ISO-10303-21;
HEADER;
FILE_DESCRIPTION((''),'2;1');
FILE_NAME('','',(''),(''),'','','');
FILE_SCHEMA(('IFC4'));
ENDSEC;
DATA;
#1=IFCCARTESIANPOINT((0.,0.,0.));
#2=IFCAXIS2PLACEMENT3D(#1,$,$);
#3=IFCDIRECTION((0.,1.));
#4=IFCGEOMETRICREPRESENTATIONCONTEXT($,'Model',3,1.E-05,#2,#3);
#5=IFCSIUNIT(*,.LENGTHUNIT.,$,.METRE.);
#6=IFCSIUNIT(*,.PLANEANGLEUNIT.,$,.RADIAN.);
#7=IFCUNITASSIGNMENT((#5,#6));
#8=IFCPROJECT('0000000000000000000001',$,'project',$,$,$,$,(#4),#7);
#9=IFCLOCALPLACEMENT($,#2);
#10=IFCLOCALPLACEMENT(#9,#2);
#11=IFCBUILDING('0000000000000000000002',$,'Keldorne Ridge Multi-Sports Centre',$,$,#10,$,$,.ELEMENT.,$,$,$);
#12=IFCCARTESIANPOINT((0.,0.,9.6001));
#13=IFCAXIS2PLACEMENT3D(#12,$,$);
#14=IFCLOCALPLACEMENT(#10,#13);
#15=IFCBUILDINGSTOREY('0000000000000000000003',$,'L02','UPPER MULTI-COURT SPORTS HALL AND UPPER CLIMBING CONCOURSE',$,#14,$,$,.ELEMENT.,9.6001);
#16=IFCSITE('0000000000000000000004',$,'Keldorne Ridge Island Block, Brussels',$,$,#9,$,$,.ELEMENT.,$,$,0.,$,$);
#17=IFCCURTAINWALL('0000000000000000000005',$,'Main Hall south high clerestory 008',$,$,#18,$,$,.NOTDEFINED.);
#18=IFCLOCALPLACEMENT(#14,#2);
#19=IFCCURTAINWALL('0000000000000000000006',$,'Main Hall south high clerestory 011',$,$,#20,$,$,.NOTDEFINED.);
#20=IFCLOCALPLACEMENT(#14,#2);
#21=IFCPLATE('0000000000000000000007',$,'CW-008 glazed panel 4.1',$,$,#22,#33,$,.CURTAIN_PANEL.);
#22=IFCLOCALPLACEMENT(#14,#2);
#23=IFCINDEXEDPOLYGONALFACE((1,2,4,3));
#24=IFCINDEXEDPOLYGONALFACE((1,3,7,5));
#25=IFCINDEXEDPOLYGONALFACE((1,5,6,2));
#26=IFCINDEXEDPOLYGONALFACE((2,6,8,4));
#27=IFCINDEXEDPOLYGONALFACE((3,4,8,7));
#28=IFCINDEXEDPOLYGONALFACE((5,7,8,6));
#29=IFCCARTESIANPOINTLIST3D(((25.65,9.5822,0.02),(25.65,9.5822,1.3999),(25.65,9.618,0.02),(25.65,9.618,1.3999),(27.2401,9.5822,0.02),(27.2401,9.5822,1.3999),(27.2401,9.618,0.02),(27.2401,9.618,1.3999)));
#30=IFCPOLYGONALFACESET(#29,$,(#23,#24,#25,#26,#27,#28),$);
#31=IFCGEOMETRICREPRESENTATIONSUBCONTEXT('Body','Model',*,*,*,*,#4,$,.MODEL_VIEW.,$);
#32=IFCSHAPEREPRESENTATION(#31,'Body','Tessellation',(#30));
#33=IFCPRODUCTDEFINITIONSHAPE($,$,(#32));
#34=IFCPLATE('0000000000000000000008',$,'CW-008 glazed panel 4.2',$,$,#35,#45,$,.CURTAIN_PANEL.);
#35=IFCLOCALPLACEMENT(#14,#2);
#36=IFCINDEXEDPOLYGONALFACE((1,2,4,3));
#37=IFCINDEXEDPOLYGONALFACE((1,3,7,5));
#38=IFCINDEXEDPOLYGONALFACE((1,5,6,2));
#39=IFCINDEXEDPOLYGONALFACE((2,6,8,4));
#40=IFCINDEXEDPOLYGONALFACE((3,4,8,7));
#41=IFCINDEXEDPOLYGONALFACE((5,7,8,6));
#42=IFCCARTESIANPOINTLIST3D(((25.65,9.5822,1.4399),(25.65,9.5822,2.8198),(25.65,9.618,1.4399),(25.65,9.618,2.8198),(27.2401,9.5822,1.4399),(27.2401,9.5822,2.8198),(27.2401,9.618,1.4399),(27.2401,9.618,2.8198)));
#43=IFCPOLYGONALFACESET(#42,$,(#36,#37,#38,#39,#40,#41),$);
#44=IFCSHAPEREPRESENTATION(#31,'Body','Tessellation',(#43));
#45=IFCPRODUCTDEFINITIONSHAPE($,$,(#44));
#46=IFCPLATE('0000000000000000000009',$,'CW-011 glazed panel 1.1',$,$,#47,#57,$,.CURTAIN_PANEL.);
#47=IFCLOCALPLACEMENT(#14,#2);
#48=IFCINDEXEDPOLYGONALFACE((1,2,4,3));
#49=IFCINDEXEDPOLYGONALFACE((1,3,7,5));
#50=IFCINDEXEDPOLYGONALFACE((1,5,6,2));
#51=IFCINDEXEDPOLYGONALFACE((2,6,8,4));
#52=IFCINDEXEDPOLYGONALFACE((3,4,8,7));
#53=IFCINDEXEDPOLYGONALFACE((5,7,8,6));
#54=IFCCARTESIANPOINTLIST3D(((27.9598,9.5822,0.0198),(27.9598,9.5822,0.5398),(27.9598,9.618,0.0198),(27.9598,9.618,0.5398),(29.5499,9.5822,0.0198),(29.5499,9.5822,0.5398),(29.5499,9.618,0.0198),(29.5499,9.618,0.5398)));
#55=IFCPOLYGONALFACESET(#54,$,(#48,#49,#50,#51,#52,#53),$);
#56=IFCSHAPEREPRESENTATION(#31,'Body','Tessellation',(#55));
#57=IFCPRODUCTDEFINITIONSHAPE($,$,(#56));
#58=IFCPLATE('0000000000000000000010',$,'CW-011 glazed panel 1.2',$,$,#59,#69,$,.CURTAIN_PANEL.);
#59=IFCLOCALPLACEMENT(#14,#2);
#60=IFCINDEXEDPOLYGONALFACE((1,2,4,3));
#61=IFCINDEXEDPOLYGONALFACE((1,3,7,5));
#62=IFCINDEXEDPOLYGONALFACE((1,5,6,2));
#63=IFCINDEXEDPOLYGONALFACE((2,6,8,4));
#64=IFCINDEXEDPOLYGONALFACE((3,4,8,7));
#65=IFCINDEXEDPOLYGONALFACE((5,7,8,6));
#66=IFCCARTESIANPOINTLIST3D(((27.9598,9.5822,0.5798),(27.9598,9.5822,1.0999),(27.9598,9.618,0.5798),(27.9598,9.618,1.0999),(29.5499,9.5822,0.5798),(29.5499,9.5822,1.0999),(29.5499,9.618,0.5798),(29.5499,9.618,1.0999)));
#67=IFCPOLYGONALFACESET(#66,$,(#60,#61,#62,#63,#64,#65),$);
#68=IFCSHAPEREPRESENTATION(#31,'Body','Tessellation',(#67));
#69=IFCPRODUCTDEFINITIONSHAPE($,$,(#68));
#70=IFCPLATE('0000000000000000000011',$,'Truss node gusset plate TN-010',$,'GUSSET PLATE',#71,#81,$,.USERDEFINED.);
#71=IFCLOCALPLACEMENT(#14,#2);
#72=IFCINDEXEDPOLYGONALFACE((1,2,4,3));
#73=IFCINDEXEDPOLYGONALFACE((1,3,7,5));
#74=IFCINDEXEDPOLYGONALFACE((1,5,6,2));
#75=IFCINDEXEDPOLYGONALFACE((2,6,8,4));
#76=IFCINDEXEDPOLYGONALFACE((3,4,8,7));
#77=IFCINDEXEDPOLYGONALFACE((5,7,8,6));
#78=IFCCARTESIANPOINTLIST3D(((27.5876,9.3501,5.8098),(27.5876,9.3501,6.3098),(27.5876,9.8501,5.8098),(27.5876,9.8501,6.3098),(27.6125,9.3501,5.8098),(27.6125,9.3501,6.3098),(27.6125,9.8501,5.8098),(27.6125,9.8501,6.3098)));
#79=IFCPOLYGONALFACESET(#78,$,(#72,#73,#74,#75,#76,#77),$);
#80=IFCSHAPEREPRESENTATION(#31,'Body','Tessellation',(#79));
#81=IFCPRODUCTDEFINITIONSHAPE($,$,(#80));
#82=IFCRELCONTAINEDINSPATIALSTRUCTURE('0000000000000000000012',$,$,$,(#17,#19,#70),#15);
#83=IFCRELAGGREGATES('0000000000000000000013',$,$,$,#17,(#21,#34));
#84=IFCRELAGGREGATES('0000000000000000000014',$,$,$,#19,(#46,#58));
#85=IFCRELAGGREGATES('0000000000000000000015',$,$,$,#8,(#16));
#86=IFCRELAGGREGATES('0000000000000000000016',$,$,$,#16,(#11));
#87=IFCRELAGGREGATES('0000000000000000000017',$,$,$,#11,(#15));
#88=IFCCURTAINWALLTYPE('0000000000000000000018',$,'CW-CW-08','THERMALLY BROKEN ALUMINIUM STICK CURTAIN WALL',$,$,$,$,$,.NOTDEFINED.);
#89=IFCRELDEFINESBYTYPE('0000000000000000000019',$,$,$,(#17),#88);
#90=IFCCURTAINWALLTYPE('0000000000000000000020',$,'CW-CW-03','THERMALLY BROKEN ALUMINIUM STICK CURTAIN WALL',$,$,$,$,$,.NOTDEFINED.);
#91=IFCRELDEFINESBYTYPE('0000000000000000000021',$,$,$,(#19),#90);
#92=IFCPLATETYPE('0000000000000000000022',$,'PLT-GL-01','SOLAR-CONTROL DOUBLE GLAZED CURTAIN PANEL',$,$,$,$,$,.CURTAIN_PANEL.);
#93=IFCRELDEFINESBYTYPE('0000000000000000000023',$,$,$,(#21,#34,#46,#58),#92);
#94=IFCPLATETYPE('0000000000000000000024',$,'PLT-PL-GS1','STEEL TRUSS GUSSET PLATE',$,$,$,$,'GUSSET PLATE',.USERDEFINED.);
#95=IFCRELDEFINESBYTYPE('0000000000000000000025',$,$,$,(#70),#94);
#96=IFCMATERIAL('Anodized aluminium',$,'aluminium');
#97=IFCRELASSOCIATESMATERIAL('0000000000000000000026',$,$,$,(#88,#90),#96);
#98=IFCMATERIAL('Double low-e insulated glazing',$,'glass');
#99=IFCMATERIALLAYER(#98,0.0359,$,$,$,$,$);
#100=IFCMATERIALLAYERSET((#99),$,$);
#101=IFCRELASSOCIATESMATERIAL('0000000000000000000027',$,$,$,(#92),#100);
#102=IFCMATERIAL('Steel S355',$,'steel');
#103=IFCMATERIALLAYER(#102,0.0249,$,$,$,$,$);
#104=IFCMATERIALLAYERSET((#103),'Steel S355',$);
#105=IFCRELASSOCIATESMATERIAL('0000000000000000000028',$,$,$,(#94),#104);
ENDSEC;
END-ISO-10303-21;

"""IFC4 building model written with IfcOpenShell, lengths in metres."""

from ifc_helpers import new_model, si_unit, direction, frame, origin, origin_2d, place, context, subcontext, project, spatial, rectangle, extrude, material, layer, layer_set, type_object, element, aggregate, save


model = new_model("IFC4")

# Units and contexts
model_context = context("Model", 3, precision=1e-05, world=origin(), true_north=direction((0.0, 1.0)))
body_context = subcontext(model_context, "Body", "Model", "MODEL_VIEW")
ifc_project = project(units=[si_unit("LENGTHUNIT", "METRE"), si_unit("PLANEANGLEUNIT", "RADIAN")], contexts=[model_context])

# Site, building, storey
site_placement = place(None, origin())
site = spatial("IfcSite", under=ifc_project, at=site_placement, Name="Keldorne Ridge Island Block, Brussels", CompositionType="ELEMENT", RefElevation=0.0)
building_placement = place(site_placement, origin())
building = spatial("IfcBuilding", under=site, at=building_placement, Name="Keldorne Ridge Multi-Sports Centre", CompositionType="ELEMENT")
storey_placement = place(building_placement, frame((0.0, 0.0, 9.6001)))
storey = spatial("IfcBuildingStorey", under=building, at=storey_placement, Name="L02", Description="UPPER MULTI-COURT SPORTS HALL AND UPPER CLIMBING CONCOURSE", CompositionType="ELEMENT", Elevation=9.6001)

# Shared definitions
ifc_material_1 = material(Name="Steel S355", Category="steel")

# Curtain walls
ifc_material_2 = material(Name="Anodized aluminium", Category="aluminium")
curtain_wall_type_1 = type_object("IfcCurtainWallType", Name="CW-CW-08", Description="THERMALLY BROKEN ALUMINIUM STICK CURTAIN WALL", PredefinedType="NOTDEFINED", material=ifc_material_2)
curtain_wall_1_placement = place(storey_placement, origin())
curtain_wall_1 = element("IfcCurtainWall", 1, at=curtain_wall_1_placement, inside=storey, type_object=curtain_wall_type_1, Name="Main Hall south high clerestory 008", PredefinedType="NOTDEFINED")
curtain_wall_type_2 = type_object("IfcCurtainWallType", Name="CW-CW-03", Description="THERMALLY BROKEN ALUMINIUM STICK CURTAIN WALL", PredefinedType="NOTDEFINED", material=ifc_material_2)
curtain_wall_2_placement = place(storey_placement, origin())
curtain_wall_2 = element("IfcCurtainWall", 2, at=curtain_wall_2_placement, inside=storey, type_object=curtain_wall_type_2, Name="Main Hall south high clerestory 011", PredefinedType="NOTDEFINED")

# Plates
ifc_material_3 = material(Name="Double low-e insulated glazing", Category="glass")
ifc_layer_1 = layer(ifc_material_3, 0.0359)
ifc_layer_set_1 = layer_set([ifc_layer_1])
plate_type_1 = type_object("IfcPlateType", Name="PLT-GL-01", Description="SOLAR-CONTROL DOUBLE GLAZED CURTAIN PANEL", PredefinedType="CURTAIN_PANEL", material=ifc_layer_set_1)
plate_1_placement = place(storey_placement, frame((26.4451, 9.6001, 0.02), z_axis=(0.0, 0.0, 1.0), x_axis=(1.0, 0.0, 0.0)))
plate_1 = element("IfcPlate", 3, at=plate_1_placement, type_object=plate_type_1, Name="CW-008 glazed panel 4.1", PredefinedType="CURTAIN_PANEL", context=body_context, shape_type="SweptSolid", body=[
    extrude(rectangle(XDim=1.5901, YDim=0.0359, at=origin_2d()), origin(), (0.0, 0.0, 1.0), 1.3799),
])
plate_2_placement = place(storey_placement, frame((26.4451, 9.6001, 1.4399), z_axis=(0.0, 0.0, 1.0), x_axis=(1.0, 0.0, 0.0)))
plate_2 = element("IfcPlate", 4, at=plate_2_placement, type_object=plate_type_1, Name="CW-008 glazed panel 4.2", PredefinedType="CURTAIN_PANEL", context=body_context, shape_type="SweptSolid", body=[
    extrude(rectangle(XDim=1.5901, YDim=0.0359, at=origin_2d()), origin(), (0.0, 0.0, 1.0), 1.3799),
])
aggregate(curtain_wall_1, [plate_1, plate_2])
plate_3_placement = place(storey_placement, frame((28.7549, 9.6001, 0.0198), z_axis=(0.0, 0.0, 1.0), x_axis=(1.0, 0.0, 0.0)))
plate_3 = element("IfcPlate", 5, at=plate_3_placement, type_object=plate_type_1, Name="CW-011 glazed panel 1.1", PredefinedType="CURTAIN_PANEL", context=body_context, shape_type="SweptSolid", body=[
    extrude(rectangle(XDim=1.5901, YDim=0.0359, at=origin_2d()), origin(), (0.0, 0.0, 1.0), 0.52),
])
plate_4_placement = place(storey_placement, frame((28.7549, 9.6001, 0.5798), z_axis=(0.0, 0.0, 1.0), x_axis=(1.0, 0.0, 0.0)))
plate_4 = element("IfcPlate", 6, at=plate_4_placement, type_object=plate_type_1, Name="CW-011 glazed panel 1.2", PredefinedType="CURTAIN_PANEL", context=body_context, shape_type="SweptSolid", body=[
    extrude(rectangle(XDim=1.5901, YDim=0.0359, at=origin_2d()), origin(), (0.0, 0.0, 1.0), 0.52),
])
aggregate(curtain_wall_2, [plate_3, plate_4])
ifc_layer_2 = layer(ifc_material_1, 0.0249)
ifc_layer_set_2 = layer_set([ifc_layer_2], Name="Steel S355")
plate_type_2 = type_object("IfcPlateType", Name="PLT-PL-GS1", Description="STEEL TRUSS GUSSET PLATE", ElementType="GUSSET PLATE", PredefinedType="USERDEFINED", material=ifc_layer_set_2)
plate_5_placement = place(storey_placement, frame((27.6001, 9.6001, 5.8098), z_axis=(0.0, 0.0, 1.0), x_axis=(1.0, 0.0, 0.0)))
element("IfcPlate", 7, at=plate_5_placement, inside=storey, type_object=plate_type_2, Name="Truss node gusset plate TN-010", ObjectType="GUSSET PLATE", PredefinedType="USERDEFINED", context=body_context, shape_type="SweptSolid", body=[
    extrude(rectangle(XDim=0.0249, YDim=0.5, at=origin_2d()), origin(), (0.0, 0.0, 1.0), 0.5),
])

save(model, "model.ifc")
